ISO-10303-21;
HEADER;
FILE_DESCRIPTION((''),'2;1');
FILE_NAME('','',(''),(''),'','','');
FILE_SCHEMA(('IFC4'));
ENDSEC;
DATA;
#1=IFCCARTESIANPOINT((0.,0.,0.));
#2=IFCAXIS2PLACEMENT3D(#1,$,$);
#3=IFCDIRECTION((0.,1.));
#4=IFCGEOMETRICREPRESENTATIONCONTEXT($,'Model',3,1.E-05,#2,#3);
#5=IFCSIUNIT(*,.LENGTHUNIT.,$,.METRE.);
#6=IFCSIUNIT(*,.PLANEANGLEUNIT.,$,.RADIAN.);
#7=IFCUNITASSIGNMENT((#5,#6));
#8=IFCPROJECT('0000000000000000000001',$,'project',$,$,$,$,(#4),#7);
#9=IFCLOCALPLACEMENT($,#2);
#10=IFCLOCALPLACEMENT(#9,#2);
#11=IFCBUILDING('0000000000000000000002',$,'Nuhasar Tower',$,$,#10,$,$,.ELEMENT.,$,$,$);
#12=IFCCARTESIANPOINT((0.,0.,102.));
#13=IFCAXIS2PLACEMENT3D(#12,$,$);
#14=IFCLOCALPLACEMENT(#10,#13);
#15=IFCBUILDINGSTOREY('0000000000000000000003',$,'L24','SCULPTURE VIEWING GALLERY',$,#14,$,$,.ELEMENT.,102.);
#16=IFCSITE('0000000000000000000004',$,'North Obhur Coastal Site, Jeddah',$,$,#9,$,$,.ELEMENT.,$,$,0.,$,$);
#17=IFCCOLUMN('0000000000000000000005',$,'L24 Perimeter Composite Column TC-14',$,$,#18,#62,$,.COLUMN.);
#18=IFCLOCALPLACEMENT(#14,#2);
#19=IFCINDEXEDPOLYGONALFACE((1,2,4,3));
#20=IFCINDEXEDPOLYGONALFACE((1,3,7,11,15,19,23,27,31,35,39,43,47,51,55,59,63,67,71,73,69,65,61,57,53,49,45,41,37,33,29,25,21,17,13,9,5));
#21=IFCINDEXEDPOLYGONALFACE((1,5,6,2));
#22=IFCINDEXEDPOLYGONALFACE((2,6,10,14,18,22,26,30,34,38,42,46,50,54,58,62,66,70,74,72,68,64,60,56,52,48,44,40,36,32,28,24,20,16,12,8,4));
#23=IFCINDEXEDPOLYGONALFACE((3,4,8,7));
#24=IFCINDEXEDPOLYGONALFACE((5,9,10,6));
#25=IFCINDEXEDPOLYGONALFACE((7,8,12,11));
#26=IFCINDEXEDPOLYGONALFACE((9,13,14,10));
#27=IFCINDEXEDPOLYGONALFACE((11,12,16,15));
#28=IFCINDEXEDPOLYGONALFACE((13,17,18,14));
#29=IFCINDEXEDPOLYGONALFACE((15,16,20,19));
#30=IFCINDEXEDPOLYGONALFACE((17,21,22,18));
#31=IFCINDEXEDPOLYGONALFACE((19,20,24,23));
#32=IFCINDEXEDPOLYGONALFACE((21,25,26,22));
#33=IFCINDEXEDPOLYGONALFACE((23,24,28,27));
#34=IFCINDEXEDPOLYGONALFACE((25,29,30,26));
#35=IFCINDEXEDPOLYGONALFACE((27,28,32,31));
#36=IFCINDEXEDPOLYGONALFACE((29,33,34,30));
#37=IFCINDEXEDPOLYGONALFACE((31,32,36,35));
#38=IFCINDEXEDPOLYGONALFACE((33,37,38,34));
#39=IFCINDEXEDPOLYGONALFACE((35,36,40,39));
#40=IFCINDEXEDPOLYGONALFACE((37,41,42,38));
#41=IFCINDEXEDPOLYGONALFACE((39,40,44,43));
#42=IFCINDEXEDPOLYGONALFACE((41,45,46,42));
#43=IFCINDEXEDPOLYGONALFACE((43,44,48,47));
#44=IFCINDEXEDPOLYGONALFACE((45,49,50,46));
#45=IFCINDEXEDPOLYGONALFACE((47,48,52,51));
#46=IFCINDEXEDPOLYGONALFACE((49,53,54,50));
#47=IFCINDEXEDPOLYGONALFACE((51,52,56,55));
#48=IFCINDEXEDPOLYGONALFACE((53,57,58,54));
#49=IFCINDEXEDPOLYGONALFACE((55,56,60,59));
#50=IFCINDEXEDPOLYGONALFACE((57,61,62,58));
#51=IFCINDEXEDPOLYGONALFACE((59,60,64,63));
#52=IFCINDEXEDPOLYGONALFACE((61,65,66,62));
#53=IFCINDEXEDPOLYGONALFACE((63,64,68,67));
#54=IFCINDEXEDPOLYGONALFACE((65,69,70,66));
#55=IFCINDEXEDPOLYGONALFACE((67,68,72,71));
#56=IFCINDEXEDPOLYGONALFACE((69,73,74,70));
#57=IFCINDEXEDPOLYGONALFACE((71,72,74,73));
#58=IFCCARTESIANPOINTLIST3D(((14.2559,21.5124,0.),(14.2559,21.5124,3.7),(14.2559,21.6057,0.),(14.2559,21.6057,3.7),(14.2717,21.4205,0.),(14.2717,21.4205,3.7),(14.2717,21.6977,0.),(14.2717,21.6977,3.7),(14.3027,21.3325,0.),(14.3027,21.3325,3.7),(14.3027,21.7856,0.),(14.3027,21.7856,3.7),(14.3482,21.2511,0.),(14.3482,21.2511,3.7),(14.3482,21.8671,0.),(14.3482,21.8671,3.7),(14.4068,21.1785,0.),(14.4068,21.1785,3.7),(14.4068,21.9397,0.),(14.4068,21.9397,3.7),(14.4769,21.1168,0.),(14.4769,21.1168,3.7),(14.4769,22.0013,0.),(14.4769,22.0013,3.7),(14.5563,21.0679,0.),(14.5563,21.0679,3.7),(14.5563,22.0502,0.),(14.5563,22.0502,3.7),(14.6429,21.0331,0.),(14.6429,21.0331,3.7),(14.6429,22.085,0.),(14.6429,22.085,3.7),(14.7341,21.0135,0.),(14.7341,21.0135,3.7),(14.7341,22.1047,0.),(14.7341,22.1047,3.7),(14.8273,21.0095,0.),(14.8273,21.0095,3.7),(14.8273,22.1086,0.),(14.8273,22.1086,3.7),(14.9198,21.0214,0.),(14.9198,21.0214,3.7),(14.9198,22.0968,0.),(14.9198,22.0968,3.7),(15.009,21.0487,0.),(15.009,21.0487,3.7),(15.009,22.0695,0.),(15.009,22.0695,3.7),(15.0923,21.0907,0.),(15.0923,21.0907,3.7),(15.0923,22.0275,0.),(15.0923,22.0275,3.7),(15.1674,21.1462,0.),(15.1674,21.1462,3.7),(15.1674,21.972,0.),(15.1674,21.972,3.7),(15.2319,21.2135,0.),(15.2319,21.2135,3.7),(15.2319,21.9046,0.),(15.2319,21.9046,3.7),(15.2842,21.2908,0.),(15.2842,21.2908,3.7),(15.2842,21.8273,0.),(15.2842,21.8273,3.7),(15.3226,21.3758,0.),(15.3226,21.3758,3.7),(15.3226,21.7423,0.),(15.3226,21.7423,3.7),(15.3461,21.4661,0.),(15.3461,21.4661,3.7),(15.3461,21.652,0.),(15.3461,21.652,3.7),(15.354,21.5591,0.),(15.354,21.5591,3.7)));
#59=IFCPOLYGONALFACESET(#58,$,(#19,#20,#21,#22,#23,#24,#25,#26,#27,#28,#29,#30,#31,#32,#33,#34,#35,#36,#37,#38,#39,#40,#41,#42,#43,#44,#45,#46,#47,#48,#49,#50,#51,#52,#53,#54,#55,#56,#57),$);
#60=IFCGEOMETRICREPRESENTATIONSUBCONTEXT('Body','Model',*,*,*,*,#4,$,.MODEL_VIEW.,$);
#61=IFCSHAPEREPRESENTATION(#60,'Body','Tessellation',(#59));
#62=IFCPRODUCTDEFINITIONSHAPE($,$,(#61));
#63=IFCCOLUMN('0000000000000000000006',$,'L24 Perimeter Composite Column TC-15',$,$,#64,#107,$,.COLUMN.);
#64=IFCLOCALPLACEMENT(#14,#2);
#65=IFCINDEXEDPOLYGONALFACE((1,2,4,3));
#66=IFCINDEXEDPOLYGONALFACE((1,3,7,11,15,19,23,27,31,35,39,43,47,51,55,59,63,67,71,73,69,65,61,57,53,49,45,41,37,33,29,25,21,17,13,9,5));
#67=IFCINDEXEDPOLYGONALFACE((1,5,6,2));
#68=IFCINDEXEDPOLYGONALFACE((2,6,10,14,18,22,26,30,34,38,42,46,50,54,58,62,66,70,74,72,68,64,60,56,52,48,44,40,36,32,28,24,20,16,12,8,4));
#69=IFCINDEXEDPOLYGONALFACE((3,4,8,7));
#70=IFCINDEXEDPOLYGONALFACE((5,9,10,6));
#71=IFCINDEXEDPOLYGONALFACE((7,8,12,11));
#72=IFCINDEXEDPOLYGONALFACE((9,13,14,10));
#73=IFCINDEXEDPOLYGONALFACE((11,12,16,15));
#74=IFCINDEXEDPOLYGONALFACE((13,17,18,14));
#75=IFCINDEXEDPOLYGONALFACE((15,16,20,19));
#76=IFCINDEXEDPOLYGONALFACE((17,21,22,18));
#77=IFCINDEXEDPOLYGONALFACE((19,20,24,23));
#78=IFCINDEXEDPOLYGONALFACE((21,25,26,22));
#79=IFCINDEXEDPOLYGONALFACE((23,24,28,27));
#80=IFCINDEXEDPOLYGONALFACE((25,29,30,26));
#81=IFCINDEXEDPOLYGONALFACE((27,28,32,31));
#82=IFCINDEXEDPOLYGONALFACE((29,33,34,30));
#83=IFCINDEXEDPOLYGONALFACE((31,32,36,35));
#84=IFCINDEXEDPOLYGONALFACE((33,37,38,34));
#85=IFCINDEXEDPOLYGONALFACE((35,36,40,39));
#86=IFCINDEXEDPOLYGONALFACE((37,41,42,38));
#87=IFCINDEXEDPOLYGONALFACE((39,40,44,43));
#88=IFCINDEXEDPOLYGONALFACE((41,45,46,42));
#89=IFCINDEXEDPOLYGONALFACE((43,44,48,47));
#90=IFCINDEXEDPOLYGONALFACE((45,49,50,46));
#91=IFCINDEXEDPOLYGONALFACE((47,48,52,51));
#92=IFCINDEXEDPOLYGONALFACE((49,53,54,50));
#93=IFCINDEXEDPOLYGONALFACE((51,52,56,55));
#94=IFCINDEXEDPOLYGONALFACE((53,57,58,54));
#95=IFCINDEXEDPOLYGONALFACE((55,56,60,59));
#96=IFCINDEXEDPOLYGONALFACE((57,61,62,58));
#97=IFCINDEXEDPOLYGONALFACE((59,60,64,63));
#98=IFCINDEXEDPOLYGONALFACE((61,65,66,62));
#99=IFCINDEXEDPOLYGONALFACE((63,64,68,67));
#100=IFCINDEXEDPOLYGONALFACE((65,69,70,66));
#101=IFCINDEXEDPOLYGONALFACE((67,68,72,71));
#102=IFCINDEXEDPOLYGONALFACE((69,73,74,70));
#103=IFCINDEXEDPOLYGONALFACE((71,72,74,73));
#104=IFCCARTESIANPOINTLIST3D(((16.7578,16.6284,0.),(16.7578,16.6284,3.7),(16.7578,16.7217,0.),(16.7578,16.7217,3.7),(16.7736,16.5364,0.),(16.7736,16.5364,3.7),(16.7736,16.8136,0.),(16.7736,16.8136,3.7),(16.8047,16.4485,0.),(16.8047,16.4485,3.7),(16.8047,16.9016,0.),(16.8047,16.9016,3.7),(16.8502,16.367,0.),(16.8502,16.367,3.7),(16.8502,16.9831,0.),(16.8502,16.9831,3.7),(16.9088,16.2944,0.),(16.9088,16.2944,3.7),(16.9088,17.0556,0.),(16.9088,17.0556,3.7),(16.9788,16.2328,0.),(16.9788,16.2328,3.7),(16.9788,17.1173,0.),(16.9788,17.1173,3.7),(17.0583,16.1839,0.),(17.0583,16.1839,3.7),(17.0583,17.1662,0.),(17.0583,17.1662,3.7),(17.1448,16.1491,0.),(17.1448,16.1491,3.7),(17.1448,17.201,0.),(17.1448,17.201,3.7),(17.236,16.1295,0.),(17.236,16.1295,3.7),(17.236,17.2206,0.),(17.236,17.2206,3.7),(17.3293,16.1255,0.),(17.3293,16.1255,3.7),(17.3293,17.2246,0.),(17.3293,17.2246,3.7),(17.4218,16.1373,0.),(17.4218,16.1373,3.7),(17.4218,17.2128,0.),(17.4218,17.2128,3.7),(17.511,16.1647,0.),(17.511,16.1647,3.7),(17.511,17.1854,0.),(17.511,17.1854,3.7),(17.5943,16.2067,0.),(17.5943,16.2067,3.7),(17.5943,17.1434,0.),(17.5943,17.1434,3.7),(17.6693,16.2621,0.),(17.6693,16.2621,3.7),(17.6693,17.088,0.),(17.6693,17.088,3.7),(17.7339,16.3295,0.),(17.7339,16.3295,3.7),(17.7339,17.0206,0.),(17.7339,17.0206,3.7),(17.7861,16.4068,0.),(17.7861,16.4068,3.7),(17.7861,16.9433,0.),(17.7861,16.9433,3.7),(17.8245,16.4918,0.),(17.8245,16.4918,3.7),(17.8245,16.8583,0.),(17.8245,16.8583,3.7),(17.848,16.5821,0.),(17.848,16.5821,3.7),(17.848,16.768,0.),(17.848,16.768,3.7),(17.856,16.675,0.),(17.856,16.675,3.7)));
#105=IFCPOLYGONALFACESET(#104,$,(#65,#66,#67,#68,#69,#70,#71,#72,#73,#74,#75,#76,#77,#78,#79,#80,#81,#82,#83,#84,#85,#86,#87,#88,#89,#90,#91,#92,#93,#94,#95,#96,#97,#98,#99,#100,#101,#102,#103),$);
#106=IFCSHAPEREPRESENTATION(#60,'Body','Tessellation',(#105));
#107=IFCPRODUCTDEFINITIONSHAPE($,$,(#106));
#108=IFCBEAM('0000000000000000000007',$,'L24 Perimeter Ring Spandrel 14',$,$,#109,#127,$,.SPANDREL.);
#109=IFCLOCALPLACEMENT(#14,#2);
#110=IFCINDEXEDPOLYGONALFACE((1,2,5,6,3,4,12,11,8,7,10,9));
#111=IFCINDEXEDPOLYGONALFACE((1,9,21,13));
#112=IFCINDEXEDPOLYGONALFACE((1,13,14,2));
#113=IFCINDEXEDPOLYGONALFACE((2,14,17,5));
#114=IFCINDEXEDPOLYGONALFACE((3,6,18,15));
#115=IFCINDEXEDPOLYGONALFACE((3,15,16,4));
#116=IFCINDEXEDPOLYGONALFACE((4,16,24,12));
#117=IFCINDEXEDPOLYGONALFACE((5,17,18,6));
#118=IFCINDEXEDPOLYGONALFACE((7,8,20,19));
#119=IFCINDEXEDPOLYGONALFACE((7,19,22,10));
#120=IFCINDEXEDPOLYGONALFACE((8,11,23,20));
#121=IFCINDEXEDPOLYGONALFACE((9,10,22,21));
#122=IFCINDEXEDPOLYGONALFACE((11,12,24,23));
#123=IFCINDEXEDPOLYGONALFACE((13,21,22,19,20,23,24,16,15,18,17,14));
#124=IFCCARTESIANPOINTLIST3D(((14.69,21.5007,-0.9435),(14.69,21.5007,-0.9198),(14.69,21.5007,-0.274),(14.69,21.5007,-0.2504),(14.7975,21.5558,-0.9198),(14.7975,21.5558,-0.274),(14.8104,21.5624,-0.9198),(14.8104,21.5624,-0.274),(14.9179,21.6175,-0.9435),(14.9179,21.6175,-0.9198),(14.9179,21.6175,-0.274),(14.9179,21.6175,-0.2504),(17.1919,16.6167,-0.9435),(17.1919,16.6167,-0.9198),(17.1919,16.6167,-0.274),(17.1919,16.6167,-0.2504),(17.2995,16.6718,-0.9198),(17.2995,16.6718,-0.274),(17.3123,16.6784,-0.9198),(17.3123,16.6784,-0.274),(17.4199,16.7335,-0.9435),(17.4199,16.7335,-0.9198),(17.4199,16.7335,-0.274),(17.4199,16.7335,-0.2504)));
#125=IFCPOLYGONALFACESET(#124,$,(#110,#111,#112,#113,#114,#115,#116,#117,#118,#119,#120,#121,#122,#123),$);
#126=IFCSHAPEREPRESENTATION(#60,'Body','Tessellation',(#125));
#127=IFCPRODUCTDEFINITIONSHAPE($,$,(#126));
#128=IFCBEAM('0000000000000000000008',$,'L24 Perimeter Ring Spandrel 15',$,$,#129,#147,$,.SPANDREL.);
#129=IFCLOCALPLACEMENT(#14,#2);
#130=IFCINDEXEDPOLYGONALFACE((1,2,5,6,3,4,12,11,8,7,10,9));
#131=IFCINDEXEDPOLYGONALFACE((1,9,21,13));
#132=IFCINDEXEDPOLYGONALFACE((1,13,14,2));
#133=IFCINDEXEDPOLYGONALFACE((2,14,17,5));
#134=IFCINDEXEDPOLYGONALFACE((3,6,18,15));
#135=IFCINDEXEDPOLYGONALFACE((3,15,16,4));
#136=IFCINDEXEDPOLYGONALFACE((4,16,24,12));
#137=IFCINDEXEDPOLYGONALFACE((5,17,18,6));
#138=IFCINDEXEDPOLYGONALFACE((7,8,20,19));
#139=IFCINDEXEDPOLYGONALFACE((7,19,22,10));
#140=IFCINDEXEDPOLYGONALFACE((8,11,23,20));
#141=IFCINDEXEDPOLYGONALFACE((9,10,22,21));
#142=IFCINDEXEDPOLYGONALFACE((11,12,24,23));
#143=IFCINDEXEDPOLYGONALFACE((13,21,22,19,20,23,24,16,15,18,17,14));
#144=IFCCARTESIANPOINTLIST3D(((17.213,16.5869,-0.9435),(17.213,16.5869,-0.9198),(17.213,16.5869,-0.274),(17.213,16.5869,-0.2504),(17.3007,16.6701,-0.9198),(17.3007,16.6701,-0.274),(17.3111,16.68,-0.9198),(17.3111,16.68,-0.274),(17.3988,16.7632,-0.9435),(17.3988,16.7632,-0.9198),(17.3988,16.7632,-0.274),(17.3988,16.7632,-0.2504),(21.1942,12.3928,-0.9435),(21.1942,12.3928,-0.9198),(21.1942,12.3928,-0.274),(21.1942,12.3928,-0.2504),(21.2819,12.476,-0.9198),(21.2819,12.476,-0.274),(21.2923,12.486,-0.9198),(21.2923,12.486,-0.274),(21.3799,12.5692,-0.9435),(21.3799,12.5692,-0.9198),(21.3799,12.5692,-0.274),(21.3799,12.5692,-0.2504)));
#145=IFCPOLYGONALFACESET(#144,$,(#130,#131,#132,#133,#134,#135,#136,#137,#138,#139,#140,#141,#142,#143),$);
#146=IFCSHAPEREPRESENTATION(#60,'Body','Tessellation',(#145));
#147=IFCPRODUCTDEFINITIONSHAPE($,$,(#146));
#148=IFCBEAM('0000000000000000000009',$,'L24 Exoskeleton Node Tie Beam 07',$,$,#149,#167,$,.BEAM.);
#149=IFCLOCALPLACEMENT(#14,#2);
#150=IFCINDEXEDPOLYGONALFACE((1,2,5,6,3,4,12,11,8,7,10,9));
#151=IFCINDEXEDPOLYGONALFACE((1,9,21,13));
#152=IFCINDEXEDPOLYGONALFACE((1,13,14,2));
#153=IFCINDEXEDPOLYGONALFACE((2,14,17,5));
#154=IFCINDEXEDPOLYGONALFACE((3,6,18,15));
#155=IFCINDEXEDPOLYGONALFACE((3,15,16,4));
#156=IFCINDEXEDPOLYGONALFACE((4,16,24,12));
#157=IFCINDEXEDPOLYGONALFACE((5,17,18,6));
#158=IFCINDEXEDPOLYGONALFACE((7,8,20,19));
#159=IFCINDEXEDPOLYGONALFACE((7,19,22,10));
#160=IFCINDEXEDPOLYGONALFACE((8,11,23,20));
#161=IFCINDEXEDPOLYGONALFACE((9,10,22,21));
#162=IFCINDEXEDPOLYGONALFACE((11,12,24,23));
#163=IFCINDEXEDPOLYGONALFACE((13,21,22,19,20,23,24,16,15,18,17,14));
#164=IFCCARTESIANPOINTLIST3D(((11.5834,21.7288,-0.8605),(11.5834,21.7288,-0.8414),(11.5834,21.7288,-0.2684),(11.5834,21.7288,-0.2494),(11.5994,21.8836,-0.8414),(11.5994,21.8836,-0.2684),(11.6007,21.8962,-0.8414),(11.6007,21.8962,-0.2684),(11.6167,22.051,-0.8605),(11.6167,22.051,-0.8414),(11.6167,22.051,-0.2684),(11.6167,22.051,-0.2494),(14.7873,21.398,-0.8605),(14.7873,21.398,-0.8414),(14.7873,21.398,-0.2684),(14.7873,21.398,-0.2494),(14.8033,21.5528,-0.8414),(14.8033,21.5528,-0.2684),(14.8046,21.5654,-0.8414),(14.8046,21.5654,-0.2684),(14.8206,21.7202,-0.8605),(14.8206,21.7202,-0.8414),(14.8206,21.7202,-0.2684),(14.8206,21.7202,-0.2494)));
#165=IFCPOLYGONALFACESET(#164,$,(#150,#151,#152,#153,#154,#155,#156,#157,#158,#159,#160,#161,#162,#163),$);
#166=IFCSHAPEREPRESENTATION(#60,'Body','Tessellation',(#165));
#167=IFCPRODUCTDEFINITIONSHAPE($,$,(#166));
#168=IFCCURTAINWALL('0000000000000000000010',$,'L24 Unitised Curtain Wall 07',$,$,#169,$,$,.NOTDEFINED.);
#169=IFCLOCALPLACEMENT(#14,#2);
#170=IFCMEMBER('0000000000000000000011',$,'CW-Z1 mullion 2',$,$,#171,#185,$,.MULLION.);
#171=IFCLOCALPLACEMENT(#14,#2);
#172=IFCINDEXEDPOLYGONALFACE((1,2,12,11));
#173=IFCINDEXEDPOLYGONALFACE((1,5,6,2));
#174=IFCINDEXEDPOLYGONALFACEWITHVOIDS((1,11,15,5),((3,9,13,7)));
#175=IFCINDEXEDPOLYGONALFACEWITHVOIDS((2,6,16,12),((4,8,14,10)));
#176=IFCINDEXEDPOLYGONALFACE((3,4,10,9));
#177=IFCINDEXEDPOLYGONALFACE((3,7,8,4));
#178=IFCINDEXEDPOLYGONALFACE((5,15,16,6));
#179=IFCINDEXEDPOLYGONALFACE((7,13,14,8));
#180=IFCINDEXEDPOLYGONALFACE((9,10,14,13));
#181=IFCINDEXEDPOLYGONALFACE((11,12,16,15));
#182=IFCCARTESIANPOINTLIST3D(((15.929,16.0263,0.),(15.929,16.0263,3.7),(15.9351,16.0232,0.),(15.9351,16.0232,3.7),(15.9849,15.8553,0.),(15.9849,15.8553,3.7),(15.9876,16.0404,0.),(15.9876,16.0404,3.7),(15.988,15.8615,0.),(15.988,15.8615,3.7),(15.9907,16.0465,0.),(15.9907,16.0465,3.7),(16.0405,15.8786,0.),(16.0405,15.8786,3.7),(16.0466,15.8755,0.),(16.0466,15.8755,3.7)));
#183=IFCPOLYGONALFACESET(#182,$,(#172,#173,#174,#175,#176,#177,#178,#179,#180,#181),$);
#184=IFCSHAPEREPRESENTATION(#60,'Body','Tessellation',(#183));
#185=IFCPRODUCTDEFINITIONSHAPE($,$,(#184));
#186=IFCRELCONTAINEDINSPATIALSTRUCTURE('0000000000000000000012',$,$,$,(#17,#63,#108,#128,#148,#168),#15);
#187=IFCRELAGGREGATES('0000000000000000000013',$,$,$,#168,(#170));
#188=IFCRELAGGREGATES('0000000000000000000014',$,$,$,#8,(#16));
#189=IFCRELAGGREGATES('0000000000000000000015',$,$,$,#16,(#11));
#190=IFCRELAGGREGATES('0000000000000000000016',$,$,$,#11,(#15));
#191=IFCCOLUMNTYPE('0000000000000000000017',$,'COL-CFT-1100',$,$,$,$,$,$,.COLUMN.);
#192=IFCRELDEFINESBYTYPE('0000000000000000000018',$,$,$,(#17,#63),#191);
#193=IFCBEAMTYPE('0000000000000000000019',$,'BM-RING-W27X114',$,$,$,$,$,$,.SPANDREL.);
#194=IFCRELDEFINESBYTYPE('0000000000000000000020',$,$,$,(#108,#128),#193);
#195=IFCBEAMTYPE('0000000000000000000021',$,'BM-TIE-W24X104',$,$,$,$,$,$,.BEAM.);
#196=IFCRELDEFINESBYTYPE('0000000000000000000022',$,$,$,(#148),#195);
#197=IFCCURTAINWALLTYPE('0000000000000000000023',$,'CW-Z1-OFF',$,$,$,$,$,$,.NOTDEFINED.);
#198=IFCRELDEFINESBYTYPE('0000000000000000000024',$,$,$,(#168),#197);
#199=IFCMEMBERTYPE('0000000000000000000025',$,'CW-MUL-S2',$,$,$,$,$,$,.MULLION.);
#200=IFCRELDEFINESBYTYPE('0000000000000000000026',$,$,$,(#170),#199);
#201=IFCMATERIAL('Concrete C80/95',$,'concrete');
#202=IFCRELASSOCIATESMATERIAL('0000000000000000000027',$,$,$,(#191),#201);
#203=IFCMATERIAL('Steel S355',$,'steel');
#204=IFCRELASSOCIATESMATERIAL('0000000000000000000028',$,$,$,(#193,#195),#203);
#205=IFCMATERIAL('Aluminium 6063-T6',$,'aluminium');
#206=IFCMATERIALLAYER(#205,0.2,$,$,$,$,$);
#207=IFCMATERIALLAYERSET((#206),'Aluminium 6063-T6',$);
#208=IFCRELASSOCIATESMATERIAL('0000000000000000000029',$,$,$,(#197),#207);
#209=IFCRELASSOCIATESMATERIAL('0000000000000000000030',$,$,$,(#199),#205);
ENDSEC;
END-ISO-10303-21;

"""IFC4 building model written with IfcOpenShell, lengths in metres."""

from ifc_helpers import new_model, si_unit, direction, frame, origin, origin_2d, place, context, subcontext, project, spatial, hollow_rectangle, circle, i_section, extrude, material, layer, layer_set, material_profile, profile_set, type_object, element, aggregate, save


model = new_model("IFC4")

# Units and contexts
model_context = context("Model", 3, precision=1e-05, world=origin(), true_north=direction((0.0, 1.0)))
body_context = subcontext(model_context, "Body", "Model", "MODEL_VIEW")
ifc_project = project(units=[si_unit("LENGTHUNIT", "METRE"), si_unit("PLANEANGLEUNIT", "RADIAN")], contexts=[model_context])

# Site, building, storey
site_placement = place(None, origin())
site = spatial("IfcSite", under=ifc_project, at=site_placement, Name="North Obhur Coastal Site, Jeddah", CompositionType="ELEMENT", RefElevation=0.0)
building_placement = place(site_placement, origin())
building = spatial("IfcBuilding", under=site, at=building_placement, Name="Nuhasar Tower", CompositionType="ELEMENT")
storey_placement = place(building_placement, frame((0.0, 0.0, 102.0)))
storey = spatial("IfcBuildingStorey", under=building, at=storey_placement, Name="L24", Description="SCULPTURE VIEWING GALLERY", CompositionType="ELEMENT", Elevation=102.0)

# Columns
ifc_material_1 = material(Name="Concrete C80/95", Category="concrete")
ifc_material_profile_1 = material_profile(ifc_material_1, circle(Radius=0.55, at=origin_2d()), Name="CFT1100")
ifc_profile_set_1 = profile_set([ifc_material_profile_1], Name="Concrete C80/95")
column_type = type_object("IfcColumnType", Name="COL-CFT-1100", PredefinedType="COLUMN", material=ifc_profile_set_1)
for number, where, z_axis, x_axis, name in (
    (1, (14.804, 21.5591, 0.0), (0.0, 0.0, 1.0), (1.0, 0.0, 0.0), "L24 Perimeter Composite Column TC-14"),
    (2, (17.3059, 16.675, 0.0), (0.0, 0.0, 1.0), (1.0, 0.0, 0.0), "L24 Perimeter Composite Column TC-15"),
):
    element("IfcColumn", number, at=place(storey_placement, frame(where, z_axis=z_axis, x_axis=x_axis)), inside=storey, type_object=column_type, Name=name, PredefinedType="COLUMN", context=body_context, shape_type="SweptSolid", body=[
        extrude(circle(Radius=0.55, at=origin_2d()), origin(), (0.0, 0.0, 1.0), 3.7),
    ])

# Beams
ifc_material_2 = material(Name="Steel S355", Category="steel")
ifc_material_profile_2 = material_profile(ifc_material_2, i_section(OverallWidth=0.2561, OverallDepth=0.6931, WebThickness=0.0144, FlangeThickness=0.0237, at=origin_2d()), Name="W27X114")
ifc_profile_set_2 = profile_set([ifc_material_profile_2], Name="Steel S355")
beam_type_1 = type_object("IfcBeamType", Name="BM-RING-W27X114", PredefinedType="SPANDREL", material=ifc_profile_set_2)
beam_1_placement = place(storey_placement, frame((14.804, 21.5591, -0.5969), z_axis=(0.45593, -0.890016, 0.0), x_axis=(0.890016, 0.45593, 0.0)))
element("IfcBeam", 3, at=beam_1_placement, inside=storey, type_object=beam_type_1, Name="L24 Perimeter Ring Spandrel 14", PredefinedType="SPANDREL", context=body_context, shape_type="SweptSolid", body=[
    extrude(i_section(OverallWidth=0.2561, OverallDepth=0.6931, WebThickness=0.0144, FlangeThickness=0.0237, at=origin_2d()), origin(), (0.0, 0.0, 1.0), 5.4875),
])
beam_2_placement = place(storey_placement, frame((17.3059, 16.675, -0.5969), z_axis=(0.68846, -0.725274, 0.0), x_axis=(0.725274, 0.68846, 0.0)))
element("IfcBeam", 4, at=beam_2_placement, inside=storey, type_object=beam_type_1, Name="L24 Perimeter Ring Spandrel 15", PredefinedType="SPANDREL", context=body_context, shape_type="SweptSolid", body=[
    extrude(i_section(OverallWidth=0.2561, OverallDepth=0.6931, WebThickness=0.0144, FlangeThickness=0.0237, at=origin_2d()), origin(), (0.0, 0.0, 1.0), 5.7827),
])
ifc_material_profile_3 = material_profile(ifc_material_2, i_section(OverallWidth=0.324, OverallDepth=0.6111, WebThickness=0.0127, FlangeThickness=0.019, at=origin_2d()), Name="W24X104")
ifc_profile_set_3 = profile_set([ifc_material_profile_3], Name="Steel S355")
beam_type_2 = type_object("IfcBeamType", Name="BM-TIE-W24X104", PredefinedType="BEAM", material=ifc_profile_set_3)
beam_3_placement = place(storey_placement, frame((14.804, 21.5591, -0.5549), z_axis=(-0.994712, 0.102708, 0.0), x_axis=(-0.102708, -0.994712, 0.0)))
element("IfcBeam", 5, at=beam_3_placement, inside=storey, type_object=beam_type_2, Name="L24 Exoskeleton Node Tie Beam 07", PredefinedType="BEAM", context=body_context, shape_type="SweptSolid", body=[
    extrude(i_section(OverallWidth=0.324, OverallDepth=0.6111, WebThickness=0.0127, FlangeThickness=0.019, at=origin_2d()), origin(), (0.0, 0.0, 1.0), 3.2209),
])

# Curtain wall, member
ifc_material_3 = material(Name="Aluminium 6063-T6", Category="aluminium")
ifc_layer_1 = layer(ifc_material_3, 0.2)
ifc_layer_set_1 = layer_set([ifc_layer_1], Name="Aluminium 6063-T6")
curtain_wall_type = type_object("IfcCurtainWallType", Name="CW-Z1-OFF", PredefinedType="NOTDEFINED", material=ifc_layer_set_1)
curtain_wall_1_placement = place(storey_placement, origin())
curtain_wall_1 = element("IfcCurtainWall", 6, at=curtain_wall_1_placement, inside=storey, type_object=curtain_wall_type, Name="L24 Unitised Curtain Wall 07", PredefinedType="NOTDEFINED")
ifc_material_profile_4 = material_profile(ifc_material_3, hollow_rectangle(XDim=0.0649, YDim=0.1799, WallThickness=0.0049, at=origin_2d()), Name="CWM-2")
ifc_profile_set_4 = profile_set([ifc_material_profile_4], Name="Aluminium 6063-T6")
member_type_1 = type_object("IfcMemberType", Name="CW-MUL-S2", PredefinedType="MULLION", material=ifc_profile_set_4)
member_1_placement = place(storey_placement, frame((15.9878, 15.9509, 0.0), z_axis=(0.0, 0.0, 1.0), x_axis=(0.950468, 0.310824, 0.0)))
member_1 = element("IfcMember", 7, at=member_1_placement, type_object=member_type_1, Name="CW-Z1 mullion 2", PredefinedType="MULLION", context=body_context, shape_type="SweptSolid", body=[
    extrude(hollow_rectangle(XDim=0.0649, YDim=0.1799, WallThickness=0.0049, at=origin_2d()), origin(), (0.0, 0.0, 1.0), 3.7),
])

aggregate(curtain_wall_1, [member_1])

save(model, "model.ifc")
